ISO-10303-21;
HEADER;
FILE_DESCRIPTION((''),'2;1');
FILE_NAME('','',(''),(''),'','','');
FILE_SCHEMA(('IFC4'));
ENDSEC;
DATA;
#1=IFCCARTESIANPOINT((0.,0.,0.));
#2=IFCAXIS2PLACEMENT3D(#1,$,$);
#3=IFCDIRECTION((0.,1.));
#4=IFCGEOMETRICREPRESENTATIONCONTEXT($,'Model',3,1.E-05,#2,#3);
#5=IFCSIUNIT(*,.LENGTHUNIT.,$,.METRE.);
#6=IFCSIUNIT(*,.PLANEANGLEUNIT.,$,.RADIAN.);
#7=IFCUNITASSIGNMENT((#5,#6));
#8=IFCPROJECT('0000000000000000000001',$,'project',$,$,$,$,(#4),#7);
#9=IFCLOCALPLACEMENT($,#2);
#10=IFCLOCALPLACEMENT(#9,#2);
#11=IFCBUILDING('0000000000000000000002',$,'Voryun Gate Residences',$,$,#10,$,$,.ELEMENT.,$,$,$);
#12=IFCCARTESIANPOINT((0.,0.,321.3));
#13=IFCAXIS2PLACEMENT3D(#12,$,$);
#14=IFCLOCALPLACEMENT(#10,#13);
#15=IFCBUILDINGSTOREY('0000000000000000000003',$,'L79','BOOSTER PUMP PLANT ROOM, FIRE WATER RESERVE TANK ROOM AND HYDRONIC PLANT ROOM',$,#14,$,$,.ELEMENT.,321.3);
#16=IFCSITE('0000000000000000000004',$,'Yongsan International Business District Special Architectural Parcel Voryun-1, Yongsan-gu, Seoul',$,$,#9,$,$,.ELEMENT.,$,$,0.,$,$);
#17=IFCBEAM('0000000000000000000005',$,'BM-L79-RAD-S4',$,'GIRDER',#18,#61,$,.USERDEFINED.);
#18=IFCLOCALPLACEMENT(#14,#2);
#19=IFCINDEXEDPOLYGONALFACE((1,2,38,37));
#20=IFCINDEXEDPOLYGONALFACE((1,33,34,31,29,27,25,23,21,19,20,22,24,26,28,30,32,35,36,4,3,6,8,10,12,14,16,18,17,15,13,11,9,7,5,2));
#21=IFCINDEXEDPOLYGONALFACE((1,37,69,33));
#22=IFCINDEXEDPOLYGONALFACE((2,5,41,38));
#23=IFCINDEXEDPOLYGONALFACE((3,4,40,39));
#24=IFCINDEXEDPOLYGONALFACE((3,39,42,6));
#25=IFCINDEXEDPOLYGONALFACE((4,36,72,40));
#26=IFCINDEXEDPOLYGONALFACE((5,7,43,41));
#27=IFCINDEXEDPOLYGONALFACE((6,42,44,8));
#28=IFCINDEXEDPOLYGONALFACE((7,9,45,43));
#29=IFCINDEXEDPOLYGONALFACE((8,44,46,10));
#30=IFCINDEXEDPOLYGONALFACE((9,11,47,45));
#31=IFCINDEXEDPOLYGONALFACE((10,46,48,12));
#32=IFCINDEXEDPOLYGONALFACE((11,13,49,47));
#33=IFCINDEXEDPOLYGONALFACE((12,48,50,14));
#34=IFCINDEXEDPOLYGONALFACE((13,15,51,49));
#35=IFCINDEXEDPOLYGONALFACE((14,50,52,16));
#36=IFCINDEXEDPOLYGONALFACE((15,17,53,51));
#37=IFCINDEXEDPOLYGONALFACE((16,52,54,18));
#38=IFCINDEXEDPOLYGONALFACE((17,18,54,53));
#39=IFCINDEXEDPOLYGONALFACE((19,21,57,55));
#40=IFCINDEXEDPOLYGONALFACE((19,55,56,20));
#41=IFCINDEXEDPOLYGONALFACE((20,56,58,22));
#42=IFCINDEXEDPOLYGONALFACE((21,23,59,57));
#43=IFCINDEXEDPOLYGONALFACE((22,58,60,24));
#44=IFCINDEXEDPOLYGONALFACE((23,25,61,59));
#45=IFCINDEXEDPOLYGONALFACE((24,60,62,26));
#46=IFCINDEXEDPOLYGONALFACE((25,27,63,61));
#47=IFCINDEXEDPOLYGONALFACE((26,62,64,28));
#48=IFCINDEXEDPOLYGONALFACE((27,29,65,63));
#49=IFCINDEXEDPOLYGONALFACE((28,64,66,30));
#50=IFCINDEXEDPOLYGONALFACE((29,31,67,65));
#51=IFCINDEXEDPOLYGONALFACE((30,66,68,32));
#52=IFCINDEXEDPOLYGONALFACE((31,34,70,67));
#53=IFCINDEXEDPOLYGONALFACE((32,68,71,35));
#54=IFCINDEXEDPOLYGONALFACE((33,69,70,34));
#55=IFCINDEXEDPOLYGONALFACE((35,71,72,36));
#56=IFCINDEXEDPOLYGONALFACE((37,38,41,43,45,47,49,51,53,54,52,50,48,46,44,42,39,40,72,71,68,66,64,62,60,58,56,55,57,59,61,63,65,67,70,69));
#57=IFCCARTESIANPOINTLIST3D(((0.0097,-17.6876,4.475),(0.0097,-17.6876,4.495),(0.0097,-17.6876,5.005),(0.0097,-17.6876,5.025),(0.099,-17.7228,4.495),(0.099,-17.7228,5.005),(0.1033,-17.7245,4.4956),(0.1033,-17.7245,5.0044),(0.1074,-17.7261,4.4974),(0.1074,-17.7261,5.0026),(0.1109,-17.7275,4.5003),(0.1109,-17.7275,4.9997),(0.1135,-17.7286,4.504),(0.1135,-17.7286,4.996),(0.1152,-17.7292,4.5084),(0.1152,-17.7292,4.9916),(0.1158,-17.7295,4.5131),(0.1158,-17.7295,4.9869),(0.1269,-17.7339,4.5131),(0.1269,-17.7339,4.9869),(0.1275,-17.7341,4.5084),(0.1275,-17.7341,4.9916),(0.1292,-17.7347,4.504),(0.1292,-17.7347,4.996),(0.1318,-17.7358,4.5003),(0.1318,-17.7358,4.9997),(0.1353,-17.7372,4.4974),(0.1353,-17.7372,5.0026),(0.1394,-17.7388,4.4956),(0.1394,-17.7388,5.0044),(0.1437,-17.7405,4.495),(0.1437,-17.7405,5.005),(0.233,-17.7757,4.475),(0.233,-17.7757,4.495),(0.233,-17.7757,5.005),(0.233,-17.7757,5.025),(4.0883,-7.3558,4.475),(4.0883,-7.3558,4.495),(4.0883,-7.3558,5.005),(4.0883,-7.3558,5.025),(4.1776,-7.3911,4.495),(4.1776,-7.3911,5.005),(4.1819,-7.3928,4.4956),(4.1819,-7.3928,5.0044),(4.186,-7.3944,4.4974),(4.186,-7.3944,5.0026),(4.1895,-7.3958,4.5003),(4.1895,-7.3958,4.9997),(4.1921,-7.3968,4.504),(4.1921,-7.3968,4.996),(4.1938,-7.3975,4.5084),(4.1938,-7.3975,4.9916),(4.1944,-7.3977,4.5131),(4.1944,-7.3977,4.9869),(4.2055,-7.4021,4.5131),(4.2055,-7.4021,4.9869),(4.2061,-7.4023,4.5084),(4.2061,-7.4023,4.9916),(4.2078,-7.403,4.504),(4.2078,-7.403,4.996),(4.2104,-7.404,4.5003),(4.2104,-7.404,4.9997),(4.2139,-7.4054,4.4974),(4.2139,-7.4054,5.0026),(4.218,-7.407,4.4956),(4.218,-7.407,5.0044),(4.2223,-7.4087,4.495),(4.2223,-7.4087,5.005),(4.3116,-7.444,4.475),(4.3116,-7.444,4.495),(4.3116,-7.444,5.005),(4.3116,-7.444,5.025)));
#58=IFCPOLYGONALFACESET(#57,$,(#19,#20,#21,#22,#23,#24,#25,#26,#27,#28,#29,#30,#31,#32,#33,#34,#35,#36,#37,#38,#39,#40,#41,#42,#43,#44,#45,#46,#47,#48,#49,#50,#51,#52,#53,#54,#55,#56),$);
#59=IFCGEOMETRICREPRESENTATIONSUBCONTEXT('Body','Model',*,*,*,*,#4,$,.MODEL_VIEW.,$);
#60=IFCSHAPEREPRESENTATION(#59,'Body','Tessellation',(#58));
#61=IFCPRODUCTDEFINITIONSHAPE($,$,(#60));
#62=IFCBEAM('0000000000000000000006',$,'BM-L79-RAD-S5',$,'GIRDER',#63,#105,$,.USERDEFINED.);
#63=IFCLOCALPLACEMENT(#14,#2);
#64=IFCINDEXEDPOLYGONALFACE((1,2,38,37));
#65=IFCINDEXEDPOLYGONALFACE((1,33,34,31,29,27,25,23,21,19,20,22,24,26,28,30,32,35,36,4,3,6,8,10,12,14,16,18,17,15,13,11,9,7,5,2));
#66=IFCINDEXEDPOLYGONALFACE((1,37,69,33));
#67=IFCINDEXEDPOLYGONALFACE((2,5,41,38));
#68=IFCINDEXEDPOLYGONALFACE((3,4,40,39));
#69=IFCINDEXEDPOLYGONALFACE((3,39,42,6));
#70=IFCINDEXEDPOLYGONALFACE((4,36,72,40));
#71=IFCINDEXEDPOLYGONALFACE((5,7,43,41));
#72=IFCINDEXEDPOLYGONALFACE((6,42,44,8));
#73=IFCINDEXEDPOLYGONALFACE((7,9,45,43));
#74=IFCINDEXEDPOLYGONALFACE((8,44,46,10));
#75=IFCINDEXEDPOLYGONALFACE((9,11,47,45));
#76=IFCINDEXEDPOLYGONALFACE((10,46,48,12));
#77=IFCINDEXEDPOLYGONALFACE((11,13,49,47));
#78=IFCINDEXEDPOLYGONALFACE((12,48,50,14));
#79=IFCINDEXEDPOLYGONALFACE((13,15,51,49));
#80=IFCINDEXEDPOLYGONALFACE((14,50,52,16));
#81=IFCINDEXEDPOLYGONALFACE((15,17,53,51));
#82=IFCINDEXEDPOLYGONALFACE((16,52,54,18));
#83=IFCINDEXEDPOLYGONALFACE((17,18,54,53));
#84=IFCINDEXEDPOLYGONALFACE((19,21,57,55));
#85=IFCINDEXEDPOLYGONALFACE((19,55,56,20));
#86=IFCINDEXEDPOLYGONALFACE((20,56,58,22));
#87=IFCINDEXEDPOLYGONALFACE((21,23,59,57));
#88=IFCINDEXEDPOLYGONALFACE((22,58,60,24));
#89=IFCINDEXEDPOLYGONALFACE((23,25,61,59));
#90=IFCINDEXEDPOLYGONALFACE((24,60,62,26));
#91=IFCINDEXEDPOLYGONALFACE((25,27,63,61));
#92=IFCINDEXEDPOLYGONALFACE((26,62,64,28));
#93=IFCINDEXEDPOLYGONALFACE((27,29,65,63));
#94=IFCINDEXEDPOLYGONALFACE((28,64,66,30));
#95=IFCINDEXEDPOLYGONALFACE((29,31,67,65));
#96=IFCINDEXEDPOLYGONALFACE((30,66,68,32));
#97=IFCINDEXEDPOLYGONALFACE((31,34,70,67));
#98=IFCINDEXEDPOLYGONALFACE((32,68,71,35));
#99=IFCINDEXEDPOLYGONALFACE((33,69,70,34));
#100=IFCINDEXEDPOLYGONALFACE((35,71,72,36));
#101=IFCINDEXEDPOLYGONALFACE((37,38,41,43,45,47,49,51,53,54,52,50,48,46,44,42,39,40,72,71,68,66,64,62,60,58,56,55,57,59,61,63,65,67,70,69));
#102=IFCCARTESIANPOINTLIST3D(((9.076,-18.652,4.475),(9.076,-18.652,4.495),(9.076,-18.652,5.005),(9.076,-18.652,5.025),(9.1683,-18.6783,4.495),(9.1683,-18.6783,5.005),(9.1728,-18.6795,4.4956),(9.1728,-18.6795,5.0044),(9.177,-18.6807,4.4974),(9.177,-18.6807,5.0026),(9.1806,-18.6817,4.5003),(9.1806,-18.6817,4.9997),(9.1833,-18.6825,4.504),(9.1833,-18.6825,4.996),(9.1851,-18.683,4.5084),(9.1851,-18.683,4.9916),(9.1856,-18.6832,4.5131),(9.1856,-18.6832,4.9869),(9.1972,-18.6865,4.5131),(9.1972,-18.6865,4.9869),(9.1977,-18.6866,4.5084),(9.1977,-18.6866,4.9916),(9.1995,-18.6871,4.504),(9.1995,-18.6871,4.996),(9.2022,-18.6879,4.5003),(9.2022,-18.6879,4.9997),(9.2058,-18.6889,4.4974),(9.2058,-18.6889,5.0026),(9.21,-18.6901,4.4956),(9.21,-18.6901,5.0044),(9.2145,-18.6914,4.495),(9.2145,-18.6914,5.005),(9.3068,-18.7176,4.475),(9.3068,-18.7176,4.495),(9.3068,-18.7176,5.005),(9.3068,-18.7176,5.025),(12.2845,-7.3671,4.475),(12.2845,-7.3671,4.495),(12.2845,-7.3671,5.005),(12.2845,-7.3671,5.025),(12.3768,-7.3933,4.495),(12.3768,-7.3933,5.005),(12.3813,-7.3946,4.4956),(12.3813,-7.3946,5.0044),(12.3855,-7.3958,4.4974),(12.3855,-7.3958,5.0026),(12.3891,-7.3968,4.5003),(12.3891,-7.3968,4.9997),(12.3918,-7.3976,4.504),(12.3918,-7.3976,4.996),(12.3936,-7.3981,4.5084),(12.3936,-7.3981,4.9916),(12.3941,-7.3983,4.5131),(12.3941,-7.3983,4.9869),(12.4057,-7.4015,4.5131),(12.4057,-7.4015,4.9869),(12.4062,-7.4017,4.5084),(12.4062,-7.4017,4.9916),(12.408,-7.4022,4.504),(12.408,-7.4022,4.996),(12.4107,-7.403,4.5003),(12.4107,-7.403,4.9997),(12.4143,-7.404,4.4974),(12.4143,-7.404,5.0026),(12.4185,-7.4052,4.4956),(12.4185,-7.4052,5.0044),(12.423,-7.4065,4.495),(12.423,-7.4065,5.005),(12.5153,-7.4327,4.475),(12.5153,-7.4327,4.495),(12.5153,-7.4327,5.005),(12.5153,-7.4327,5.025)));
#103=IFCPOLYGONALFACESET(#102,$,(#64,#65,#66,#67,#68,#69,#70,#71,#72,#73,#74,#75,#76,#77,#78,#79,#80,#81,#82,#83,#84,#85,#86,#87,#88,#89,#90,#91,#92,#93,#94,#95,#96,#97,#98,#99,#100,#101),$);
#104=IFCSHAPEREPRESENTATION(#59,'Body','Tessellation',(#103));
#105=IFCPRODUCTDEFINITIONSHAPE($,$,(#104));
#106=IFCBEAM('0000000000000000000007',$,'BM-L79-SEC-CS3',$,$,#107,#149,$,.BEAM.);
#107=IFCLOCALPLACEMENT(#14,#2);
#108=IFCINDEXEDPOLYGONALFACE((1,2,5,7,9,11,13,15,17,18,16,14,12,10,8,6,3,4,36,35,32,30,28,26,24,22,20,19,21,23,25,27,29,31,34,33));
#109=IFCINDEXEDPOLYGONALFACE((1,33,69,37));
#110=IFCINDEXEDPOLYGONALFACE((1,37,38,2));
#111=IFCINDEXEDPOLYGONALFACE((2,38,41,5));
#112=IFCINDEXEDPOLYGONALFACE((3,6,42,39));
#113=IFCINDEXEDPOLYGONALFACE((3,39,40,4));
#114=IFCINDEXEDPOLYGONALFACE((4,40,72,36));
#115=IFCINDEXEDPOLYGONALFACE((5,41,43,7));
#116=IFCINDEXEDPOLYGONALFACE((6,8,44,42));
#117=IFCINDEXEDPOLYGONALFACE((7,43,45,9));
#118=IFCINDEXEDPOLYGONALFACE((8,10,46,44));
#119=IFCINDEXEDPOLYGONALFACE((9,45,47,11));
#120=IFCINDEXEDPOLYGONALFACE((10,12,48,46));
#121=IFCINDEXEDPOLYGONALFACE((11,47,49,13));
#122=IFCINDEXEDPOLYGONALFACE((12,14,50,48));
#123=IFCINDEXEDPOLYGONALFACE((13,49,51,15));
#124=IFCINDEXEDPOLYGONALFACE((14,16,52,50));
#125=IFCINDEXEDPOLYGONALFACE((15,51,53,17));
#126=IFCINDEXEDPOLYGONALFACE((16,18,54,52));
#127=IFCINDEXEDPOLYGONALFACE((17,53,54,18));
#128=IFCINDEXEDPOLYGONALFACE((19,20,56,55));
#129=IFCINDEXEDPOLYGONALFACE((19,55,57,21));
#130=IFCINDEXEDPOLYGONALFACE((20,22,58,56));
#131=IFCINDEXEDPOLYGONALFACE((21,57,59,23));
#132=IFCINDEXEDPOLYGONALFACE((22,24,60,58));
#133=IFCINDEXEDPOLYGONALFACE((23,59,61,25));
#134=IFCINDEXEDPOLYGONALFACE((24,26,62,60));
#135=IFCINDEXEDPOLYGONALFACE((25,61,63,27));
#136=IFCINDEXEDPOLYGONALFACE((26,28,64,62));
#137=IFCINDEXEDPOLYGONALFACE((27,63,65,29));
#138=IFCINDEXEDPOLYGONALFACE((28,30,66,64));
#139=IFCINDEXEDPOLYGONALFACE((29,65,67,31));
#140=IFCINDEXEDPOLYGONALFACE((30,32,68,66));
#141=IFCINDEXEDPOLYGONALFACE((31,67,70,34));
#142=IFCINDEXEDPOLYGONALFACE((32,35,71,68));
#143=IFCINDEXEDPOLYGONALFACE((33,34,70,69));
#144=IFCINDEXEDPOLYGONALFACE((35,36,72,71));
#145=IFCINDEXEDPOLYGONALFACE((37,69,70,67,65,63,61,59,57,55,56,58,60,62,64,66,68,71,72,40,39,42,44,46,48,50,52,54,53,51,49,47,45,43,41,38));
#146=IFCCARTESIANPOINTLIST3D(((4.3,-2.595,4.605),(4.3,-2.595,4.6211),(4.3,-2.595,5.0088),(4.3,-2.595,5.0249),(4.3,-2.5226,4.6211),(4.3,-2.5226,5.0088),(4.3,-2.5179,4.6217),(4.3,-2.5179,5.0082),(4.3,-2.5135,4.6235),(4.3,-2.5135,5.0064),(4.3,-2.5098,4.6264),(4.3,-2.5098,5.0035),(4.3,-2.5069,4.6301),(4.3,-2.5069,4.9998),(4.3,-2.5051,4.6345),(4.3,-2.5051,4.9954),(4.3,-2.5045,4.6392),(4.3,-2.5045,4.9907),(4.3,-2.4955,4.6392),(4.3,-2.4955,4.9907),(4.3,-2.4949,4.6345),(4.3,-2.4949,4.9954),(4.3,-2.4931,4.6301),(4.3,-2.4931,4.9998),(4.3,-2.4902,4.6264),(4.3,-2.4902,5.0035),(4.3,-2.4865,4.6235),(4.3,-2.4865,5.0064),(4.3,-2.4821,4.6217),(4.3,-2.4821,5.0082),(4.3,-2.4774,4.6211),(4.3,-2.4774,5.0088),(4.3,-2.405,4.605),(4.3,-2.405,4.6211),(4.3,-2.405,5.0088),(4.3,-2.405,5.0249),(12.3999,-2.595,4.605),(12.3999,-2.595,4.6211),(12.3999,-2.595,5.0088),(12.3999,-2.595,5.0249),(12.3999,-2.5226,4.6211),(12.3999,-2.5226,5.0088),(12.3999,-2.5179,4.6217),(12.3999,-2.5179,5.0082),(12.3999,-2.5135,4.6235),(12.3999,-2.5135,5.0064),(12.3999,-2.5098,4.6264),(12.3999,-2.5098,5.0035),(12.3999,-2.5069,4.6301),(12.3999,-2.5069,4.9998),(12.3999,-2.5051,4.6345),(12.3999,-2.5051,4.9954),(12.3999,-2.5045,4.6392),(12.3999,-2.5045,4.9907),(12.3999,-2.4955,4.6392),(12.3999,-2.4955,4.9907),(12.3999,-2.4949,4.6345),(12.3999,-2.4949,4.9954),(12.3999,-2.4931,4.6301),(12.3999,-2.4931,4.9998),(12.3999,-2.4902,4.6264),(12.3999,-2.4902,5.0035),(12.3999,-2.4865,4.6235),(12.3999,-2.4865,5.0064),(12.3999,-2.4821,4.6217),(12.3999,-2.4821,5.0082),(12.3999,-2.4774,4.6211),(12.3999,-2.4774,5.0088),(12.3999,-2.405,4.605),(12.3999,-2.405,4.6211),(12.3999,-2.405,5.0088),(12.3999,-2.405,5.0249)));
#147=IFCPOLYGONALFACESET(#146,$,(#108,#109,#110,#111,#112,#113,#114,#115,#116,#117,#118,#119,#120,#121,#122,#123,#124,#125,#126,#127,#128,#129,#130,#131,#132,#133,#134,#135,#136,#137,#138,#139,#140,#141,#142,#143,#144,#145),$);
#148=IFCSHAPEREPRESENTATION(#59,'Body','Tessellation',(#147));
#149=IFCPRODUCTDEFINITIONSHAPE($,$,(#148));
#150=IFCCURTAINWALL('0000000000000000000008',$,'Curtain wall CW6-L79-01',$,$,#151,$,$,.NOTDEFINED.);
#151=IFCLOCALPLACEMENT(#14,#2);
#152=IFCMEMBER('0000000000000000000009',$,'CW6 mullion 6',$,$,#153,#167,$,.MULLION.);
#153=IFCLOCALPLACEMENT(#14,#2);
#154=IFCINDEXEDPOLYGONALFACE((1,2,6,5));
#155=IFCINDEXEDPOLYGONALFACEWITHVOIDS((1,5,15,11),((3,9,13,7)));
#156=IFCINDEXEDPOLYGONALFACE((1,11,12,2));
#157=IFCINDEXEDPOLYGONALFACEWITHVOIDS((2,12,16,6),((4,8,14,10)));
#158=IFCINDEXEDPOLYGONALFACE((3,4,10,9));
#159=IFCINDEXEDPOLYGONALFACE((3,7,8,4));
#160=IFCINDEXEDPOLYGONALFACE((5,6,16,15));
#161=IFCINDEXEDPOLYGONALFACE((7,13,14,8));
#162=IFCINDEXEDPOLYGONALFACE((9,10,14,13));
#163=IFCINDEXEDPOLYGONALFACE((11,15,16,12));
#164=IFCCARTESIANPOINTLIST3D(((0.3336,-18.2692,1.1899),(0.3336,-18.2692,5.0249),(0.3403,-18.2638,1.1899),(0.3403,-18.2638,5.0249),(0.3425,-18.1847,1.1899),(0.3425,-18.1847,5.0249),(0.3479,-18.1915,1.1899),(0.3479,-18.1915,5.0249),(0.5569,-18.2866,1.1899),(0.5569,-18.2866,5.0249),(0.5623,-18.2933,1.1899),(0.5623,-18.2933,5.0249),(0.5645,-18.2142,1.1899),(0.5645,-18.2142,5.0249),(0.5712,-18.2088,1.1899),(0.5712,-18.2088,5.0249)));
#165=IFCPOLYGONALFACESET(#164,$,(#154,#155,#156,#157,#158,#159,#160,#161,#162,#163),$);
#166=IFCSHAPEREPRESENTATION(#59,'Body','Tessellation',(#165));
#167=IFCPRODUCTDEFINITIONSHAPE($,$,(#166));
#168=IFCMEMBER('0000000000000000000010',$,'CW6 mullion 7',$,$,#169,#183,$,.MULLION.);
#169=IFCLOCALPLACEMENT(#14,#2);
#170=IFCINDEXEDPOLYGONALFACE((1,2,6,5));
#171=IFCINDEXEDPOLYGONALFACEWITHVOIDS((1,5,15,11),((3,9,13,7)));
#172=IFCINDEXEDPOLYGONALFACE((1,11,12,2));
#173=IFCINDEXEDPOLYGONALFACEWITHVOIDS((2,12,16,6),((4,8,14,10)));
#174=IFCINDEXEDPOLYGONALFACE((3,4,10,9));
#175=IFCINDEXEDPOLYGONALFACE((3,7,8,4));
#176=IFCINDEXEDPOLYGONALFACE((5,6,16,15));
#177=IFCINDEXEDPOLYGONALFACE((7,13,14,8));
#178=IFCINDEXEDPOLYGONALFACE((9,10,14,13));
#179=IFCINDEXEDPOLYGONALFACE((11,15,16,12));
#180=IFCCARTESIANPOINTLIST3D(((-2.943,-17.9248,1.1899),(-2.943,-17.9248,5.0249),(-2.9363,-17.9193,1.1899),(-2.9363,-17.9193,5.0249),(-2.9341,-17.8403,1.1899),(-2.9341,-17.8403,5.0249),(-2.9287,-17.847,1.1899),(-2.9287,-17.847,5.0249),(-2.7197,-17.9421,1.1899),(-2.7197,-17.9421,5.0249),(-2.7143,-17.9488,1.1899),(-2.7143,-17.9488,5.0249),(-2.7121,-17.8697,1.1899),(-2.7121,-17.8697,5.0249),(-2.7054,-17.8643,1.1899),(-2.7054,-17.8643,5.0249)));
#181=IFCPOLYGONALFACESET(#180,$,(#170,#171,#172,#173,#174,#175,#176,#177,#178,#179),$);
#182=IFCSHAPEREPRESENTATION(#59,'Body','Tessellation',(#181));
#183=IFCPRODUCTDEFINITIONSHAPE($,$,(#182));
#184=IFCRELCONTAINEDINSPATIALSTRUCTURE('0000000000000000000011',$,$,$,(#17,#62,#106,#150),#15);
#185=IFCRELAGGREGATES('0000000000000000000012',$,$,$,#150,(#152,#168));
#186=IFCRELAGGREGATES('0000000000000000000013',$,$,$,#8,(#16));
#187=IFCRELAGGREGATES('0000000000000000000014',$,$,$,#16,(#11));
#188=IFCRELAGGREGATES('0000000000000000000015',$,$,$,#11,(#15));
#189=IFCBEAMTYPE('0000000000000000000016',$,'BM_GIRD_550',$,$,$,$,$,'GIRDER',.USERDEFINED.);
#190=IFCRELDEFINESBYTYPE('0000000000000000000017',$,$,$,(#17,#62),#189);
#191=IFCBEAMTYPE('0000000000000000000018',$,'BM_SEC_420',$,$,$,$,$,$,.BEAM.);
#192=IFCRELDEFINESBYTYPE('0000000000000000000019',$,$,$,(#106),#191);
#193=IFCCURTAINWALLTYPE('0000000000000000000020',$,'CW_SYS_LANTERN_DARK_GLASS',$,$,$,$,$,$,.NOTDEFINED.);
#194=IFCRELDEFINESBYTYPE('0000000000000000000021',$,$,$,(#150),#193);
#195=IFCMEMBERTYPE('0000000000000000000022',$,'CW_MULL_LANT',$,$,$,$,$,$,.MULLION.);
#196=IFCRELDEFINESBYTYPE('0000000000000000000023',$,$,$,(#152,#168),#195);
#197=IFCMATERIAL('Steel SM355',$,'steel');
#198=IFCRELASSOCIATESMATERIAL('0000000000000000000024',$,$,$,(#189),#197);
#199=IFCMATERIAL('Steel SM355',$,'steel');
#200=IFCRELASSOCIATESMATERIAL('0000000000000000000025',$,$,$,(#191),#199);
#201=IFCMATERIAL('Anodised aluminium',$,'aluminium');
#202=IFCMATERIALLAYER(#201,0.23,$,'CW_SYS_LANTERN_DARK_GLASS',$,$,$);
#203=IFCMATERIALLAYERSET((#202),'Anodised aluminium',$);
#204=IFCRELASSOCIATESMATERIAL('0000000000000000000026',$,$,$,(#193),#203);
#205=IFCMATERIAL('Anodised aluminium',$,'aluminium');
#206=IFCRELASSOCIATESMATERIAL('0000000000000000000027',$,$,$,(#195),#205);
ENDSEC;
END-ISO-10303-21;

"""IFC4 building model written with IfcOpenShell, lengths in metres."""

from ifc_helpers import new_model, si_unit, direction, frame, origin, origin_2d, place, context, subcontext, project, spatial, hollow_rectangle, i_section, extrude, material, layer, layer_set, material_profile, profile_set, type_object, element, aggregate, save


model = new_model("IFC4")

# Units and contexts
model_context = context("Model", 3, precision=1e-05, world=origin(), true_north=direction((0.0, 1.0)))
body_context = subcontext(model_context, "Body", "Model", "MODEL_VIEW")
ifc_project = project(units=[si_unit("LENGTHUNIT", "METRE"), si_unit("PLANEANGLEUNIT", "RADIAN")], contexts=[model_context])

# Site, building, storey
site_placement = place(None, origin())
site = spatial("IfcSite", under=ifc_project, at=site_placement, Name="Yongsan International Business District Special Architectural Parcel Voryun-1, Yongsan-gu, Seoul", CompositionType="ELEMENT", RefElevation=0.0)
building_placement = place(site_placement, origin())
building = spatial("IfcBuilding", under=site, at=building_placement, Name="Voryun Gate Residences", CompositionType="ELEMENT")
storey_placement = place(building_placement, frame((0.0, 0.0, 321.3)))
storey = spatial("IfcBuildingStorey", under=building, at=storey_placement, Name="L79", Description="BOOSTER PUMP PLANT ROOM, FIRE WATER RESERVE TANK ROOM AND HYDRONIC PLANT ROOM", CompositionType="ELEMENT", Elevation=321.3)

# Beams
ifc_material_1 = material(Name="Steel SM355", Category="steel")
ifc_material_profile_1 = material_profile(ifc_material_1, i_section(OverallWidth=0.24, OverallDepth=0.55, WebThickness=0.012, FlangeThickness=0.02, FilletRadius=0.0181, at=origin_2d()), Name="H-550x240x12x20")
ifc_profile_set_1 = profile_set([ifc_material_profile_1], Name="Steel SM355")
beam_type_1 = type_object("IfcBeamType", Name="BM_GIRD_550", ElementType="GIRDER", PredefinedType="USERDEFINED", material=ifc_profile_set_1)
beam_1_placement = place(storey_placement, frame((4.2, -7.3999, 4.75), z_axis=(-0.367188, -0.930147, 0.0), x_axis=(0.930147, -0.367188, 0.0)))
element("IfcBeam", 1, at=beam_1_placement, inside=storey, type_object=beam_type_1, Name="BM-L79-RAD-S4", ObjectType="GIRDER", PredefinedType="USERDEFINED", context=body_context, shape_type="SweptSolid", body=[
    extrude(i_section(OverallWidth=0.24, OverallDepth=0.55, WebThickness=0.012, FlangeThickness=0.02, FilletRadius=0.0181, at=origin_2d()), origin(), (0.0, 0.0, 1.0), 11.1077),
])
beam_2_placement = place(storey_placement, frame((12.3999, -7.3999, 4.75), z_axis=(-0.273479, -0.961878, 0.0), x_axis=(0.961878, -0.273479, 0.0)))
element("IfcBeam", 2, at=beam_2_placement, inside=storey, type_object=beam_type_1, Name="BM-L79-RAD-S5", ObjectType="GIRDER", PredefinedType="USERDEFINED", context=body_context, shape_type="SweptSolid", body=[
    extrude(i_section(OverallWidth=0.24, OverallDepth=0.55, WebThickness=0.012, FlangeThickness=0.02, FilletRadius=0.0181, at=origin_2d()), origin(), (0.0, 0.0, 1.0), 11.7322),
])
ifc_material_2 = material(Name="Steel SM355", Category="steel")
ifc_material_profile_2 = material_profile(ifc_material_2, i_section(OverallWidth=0.1899, OverallDepth=0.4199, WebThickness=0.009, FlangeThickness=0.0161, FilletRadius=0.0181, at=origin_2d()), Name="H-420x190x9x16")
ifc_profile_set_2 = profile_set([ifc_material_profile_2], Name="Steel SM355")
beam_type_2 = type_object("IfcBeamType", Name="BM_SEC_420", PredefinedType="BEAM", material=ifc_profile_set_2)
beam_3_placement = place(storey_placement, frame((4.3, -2.5, 4.8149), z_axis=(1.0, 0.0, 0.0), x_axis=(0.0, 1.0, 0.0)))
element("IfcBeam", 3, at=beam_3_placement, inside=storey, type_object=beam_type_2, Name="BM-L79-SEC-CS3", PredefinedType="BEAM", context=body_context, shape_type="SweptSolid", body=[
    extrude(i_section(OverallWidth=0.1899, OverallDepth=0.4199, WebThickness=0.009, FlangeThickness=0.0161, FilletRadius=0.0181, at=origin_2d()), origin(), (0.0, 0.0, 1.0), 8.0999),
])

# Curtain wall, members
ifc_material_3 = material(Name="Anodised aluminium", Category="aluminium")
ifc_layer_1 = layer(ifc_material_3, 0.23, Name="CW_SYS_LANTERN_DARK_GLASS")
ifc_layer_set_1 = layer_set([ifc_layer_1], Name="Anodised aluminium")
curtain_wall_type = type_object("IfcCurtainWallType", Name="CW_SYS_LANTERN_DARK_GLASS", PredefinedType="NOTDEFINED", material=ifc_layer_set_1)
curtain_wall_placement = place(storey_placement, origin())
curtain_wall = element("IfcCurtainWall", 4, at=curtain_wall_placement, inside=storey, type_object=curtain_wall_type, Name="Curtain wall CW6-L79-01", PredefinedType="NOTDEFINED")
ifc_material_4 = material(Name="Anodised aluminium", Category="aluminium")
ifc_material_profile_3 = material_profile(ifc_material_4, hollow_rectangle(XDim=0.085, YDim=0.23, WallThickness=0.0061, at=origin_2d()), Name="ALU-MULL-230x85x6")
ifc_profile_set_3 = profile_set([ifc_material_profile_3], Name="Anodised aluminium")
member_type_1 = type_object("IfcMemberType", Name="CW_MULL_LANT", PredefinedType="MULLION", material=ifc_profile_set_3)
member_1_placement = place(storey_placement, frame((0.4524, -18.239, 1.1899), z_axis=(0.0, 0.0, 1.0), x_axis=(-0.104528, -0.994522, 0.0)))
member_1 = element("IfcMember", 5, at=member_1_placement, type_object=member_type_1, Name="CW6 mullion 6", PredefinedType="MULLION", context=body_context, shape_type="SweptSolid", body=[
    extrude(hollow_rectangle(XDim=0.085, YDim=0.23, WallThickness=0.0061, at=origin_2d()), origin(), (0.0, 0.0, 1.0), 3.835),
])
member_2_placement = place(storey_placement, frame((-2.8242, -17.8945, 1.1899), z_axis=(0.0, 0.0, 1.0), x_axis=(-0.104528, -0.994522, 0.0)))
member_2 = element("IfcMember", 6, at=member_2_placement, type_object=member_type_1, Name="CW6 mullion 7", PredefinedType="MULLION", context=body_context, shape_type="SweptSolid", body=[
    extrude(hollow_rectangle(XDim=0.085, YDim=0.23, WallThickness=0.0061, at=origin_2d()), origin(), (0.0, 0.0, 1.0), 3.835),
])

aggregate(curtain_wall, [member_1, member_2])

save(model, "model.ifc")
